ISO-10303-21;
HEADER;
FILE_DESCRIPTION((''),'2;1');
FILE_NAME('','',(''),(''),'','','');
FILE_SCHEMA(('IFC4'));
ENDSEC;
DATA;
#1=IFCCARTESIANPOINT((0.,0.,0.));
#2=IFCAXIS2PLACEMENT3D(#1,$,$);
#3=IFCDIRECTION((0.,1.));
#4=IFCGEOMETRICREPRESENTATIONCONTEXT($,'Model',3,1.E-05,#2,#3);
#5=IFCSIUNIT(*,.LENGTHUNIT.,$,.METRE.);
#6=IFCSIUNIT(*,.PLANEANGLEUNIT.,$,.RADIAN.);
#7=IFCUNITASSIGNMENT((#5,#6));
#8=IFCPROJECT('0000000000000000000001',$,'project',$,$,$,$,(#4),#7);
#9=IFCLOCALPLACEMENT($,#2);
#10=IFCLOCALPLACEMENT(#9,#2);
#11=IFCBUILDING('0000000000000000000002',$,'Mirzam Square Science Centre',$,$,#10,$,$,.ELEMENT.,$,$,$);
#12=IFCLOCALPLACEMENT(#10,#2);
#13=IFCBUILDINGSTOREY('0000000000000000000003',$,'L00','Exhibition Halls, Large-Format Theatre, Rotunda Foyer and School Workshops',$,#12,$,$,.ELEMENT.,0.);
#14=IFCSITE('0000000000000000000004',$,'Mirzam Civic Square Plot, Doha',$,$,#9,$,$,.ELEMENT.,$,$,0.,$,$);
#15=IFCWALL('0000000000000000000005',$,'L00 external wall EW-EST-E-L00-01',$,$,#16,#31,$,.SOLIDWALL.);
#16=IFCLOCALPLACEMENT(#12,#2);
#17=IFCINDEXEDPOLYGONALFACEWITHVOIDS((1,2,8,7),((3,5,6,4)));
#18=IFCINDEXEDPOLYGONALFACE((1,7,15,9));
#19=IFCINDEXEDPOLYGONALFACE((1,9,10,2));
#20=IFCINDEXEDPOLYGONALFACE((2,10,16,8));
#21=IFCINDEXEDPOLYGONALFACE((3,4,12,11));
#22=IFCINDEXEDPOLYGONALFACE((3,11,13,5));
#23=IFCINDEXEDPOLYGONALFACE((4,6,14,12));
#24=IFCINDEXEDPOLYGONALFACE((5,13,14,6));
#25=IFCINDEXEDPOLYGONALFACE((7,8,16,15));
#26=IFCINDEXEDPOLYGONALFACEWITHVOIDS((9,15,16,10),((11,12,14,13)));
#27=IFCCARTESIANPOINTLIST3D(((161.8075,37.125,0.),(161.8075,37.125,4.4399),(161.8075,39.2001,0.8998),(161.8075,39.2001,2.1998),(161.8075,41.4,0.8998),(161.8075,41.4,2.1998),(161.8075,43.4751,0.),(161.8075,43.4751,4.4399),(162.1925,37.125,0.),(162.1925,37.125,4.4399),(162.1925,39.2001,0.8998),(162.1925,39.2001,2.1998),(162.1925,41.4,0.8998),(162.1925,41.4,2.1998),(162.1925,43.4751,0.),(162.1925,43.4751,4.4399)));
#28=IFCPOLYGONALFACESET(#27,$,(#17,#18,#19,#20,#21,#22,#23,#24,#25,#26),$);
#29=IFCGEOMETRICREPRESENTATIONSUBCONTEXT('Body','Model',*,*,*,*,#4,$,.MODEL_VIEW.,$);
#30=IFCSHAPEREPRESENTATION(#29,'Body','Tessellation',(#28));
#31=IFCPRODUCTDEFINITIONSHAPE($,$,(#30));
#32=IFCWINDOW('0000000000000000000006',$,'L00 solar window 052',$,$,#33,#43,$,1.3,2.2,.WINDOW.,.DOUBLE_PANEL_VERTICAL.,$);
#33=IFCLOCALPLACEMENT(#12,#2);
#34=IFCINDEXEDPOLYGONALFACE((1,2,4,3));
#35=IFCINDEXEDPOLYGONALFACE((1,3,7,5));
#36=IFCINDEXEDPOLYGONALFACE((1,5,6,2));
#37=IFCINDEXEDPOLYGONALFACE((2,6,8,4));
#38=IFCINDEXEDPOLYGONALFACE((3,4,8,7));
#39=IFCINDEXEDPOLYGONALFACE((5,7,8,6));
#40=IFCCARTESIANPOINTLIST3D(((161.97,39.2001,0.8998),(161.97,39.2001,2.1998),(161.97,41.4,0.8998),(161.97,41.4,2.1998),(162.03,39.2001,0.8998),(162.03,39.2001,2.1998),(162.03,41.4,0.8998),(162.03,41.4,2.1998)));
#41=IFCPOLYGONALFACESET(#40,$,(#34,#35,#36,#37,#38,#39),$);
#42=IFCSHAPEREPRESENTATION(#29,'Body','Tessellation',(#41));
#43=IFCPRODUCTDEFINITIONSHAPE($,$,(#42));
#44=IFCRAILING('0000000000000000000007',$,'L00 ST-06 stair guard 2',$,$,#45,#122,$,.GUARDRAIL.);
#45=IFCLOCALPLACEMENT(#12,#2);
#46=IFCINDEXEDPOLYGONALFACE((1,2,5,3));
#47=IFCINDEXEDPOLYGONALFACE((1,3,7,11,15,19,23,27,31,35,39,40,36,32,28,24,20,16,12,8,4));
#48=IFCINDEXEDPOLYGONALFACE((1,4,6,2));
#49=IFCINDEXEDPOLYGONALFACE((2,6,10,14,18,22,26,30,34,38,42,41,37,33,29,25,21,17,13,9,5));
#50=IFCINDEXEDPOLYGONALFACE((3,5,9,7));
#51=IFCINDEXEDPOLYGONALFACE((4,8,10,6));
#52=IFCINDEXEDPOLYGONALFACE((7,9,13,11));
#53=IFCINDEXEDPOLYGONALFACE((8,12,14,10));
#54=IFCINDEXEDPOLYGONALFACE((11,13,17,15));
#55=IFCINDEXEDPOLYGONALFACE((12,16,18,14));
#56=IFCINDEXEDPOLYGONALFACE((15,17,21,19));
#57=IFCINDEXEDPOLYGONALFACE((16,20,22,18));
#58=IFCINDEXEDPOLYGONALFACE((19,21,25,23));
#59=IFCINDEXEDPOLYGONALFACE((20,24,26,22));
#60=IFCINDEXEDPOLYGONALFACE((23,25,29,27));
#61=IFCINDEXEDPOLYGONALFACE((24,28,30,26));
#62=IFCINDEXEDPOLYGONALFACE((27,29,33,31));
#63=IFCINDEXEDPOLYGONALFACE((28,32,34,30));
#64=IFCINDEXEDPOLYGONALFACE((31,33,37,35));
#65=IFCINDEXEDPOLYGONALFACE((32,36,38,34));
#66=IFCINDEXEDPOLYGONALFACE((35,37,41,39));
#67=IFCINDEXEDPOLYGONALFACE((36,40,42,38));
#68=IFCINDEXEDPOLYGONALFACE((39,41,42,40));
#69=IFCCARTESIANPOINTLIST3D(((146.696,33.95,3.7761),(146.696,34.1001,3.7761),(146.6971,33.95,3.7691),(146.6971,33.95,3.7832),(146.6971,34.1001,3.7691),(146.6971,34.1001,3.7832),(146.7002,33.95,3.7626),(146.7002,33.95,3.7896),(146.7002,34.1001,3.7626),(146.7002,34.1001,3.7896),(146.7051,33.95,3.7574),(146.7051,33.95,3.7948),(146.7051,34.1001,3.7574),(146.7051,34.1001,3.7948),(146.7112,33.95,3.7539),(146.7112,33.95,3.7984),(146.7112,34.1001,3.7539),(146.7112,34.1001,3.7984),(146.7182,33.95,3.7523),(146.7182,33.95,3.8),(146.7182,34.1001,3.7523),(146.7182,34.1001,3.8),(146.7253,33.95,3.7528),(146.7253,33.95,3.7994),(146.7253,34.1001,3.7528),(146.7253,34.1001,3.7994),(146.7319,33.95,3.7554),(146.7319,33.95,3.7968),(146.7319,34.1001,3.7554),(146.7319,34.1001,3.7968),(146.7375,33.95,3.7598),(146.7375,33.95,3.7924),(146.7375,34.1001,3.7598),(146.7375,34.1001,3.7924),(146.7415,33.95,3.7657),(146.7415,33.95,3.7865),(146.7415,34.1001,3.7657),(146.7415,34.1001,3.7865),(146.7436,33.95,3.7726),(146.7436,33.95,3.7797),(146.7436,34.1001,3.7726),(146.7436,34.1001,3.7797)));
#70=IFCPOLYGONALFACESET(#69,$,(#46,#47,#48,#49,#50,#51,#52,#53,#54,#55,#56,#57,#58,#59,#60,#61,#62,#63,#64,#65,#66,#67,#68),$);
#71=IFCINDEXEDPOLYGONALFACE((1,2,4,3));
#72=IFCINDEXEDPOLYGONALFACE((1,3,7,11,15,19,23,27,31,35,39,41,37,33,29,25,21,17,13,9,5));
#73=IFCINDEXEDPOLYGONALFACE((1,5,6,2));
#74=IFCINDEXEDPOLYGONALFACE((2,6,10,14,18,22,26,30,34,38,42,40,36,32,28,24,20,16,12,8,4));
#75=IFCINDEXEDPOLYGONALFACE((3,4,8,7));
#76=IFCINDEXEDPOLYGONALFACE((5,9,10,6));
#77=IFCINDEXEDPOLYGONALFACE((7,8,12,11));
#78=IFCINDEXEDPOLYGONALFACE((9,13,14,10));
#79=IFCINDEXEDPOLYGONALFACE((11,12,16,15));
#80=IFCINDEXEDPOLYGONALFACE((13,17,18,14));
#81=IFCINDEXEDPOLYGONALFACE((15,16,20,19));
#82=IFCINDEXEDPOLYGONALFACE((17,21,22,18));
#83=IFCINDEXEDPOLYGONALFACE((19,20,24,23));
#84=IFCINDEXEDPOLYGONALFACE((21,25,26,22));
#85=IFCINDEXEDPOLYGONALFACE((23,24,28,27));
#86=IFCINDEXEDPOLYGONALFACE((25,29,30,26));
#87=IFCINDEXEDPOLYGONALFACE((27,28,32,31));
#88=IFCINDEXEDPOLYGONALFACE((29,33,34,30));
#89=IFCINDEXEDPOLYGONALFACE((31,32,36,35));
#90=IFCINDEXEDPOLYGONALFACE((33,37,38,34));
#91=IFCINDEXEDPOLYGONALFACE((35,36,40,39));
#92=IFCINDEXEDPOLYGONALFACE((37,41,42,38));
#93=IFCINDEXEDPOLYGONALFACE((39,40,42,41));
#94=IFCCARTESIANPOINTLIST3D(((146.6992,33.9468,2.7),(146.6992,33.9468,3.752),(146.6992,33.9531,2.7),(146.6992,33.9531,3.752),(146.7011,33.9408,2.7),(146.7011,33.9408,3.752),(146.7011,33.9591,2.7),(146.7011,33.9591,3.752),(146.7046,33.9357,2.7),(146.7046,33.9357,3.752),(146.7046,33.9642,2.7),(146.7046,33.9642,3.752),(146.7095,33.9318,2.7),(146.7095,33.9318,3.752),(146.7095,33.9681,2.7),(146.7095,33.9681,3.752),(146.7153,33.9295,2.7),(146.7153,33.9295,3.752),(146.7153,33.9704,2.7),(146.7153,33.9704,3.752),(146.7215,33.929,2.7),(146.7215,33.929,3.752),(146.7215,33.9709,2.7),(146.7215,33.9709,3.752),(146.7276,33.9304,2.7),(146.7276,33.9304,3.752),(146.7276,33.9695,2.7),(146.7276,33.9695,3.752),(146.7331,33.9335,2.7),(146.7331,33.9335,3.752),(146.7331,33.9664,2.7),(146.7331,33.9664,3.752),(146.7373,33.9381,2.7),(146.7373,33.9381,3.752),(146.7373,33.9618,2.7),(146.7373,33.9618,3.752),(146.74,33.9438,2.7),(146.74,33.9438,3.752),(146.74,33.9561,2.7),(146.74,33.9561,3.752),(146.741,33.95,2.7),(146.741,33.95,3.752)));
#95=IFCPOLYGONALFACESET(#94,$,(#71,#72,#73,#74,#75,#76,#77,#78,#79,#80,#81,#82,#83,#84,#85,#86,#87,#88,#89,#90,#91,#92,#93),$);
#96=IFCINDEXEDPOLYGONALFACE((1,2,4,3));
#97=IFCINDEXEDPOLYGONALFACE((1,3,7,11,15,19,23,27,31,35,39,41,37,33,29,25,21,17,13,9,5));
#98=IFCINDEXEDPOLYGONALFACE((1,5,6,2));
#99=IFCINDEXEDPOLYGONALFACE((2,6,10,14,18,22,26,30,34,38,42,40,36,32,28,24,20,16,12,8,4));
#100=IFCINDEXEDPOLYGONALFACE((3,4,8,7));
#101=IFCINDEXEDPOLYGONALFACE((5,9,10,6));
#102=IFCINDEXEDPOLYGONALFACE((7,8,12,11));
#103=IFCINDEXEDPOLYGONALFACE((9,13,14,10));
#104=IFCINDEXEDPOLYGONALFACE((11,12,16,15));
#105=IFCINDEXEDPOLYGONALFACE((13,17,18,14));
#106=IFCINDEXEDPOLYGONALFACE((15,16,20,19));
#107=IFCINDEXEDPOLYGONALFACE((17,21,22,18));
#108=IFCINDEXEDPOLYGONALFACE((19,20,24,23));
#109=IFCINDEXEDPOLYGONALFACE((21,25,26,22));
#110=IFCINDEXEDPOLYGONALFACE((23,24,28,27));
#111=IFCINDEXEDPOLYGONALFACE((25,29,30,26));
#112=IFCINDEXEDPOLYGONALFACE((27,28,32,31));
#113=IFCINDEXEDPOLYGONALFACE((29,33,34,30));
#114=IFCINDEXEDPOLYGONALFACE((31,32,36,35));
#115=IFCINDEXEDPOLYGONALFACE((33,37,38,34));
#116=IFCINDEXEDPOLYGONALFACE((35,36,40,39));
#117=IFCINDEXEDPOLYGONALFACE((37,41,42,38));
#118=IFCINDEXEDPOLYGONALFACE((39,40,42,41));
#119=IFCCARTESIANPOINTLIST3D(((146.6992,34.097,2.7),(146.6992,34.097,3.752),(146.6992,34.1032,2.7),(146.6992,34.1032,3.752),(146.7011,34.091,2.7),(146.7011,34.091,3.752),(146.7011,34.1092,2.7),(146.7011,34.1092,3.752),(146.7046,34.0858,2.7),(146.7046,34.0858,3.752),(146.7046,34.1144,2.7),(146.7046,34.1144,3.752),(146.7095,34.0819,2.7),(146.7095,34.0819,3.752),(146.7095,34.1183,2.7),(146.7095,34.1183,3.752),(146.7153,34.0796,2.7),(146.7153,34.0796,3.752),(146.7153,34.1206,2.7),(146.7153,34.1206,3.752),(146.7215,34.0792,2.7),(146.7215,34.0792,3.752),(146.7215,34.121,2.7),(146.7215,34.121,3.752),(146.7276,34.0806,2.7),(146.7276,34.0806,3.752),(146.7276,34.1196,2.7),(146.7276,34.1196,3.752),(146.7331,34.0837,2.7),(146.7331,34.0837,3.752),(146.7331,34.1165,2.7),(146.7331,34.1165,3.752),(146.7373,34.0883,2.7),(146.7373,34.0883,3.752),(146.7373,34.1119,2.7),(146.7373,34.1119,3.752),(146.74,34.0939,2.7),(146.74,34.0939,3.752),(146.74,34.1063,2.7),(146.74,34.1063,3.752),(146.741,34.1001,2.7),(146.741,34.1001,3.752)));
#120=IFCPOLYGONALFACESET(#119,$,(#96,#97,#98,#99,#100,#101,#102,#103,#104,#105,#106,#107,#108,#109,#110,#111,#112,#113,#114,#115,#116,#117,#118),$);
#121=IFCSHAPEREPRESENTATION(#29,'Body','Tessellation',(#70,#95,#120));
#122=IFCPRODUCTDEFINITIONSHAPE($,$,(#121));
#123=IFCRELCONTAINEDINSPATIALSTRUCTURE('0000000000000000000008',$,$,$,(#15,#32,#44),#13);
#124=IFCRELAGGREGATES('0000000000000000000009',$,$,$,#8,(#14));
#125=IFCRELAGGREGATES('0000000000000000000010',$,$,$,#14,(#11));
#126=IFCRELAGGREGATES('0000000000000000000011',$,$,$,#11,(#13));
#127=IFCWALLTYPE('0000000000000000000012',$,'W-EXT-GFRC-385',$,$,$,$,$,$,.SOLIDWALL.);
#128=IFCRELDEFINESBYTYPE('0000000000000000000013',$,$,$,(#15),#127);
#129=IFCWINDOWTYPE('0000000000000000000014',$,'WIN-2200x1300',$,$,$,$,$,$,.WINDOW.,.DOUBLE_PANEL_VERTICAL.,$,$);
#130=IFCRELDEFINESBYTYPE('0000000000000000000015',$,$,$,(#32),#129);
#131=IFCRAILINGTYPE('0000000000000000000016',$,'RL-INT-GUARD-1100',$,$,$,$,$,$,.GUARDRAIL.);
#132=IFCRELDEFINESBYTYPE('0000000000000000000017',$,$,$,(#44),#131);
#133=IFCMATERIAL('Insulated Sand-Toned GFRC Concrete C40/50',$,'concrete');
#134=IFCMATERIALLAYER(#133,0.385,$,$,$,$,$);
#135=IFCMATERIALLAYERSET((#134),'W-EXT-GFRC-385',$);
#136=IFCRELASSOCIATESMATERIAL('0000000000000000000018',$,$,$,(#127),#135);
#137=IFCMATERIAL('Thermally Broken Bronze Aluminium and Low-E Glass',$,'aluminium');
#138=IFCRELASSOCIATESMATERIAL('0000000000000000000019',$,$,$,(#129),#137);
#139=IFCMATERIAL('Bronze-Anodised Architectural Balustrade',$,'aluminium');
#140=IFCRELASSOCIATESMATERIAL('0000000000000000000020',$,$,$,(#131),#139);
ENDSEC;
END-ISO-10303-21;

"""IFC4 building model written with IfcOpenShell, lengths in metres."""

from ifc_helpers import new_model, si_unit, direction, frame, frame_2d, origin, origin_2d, place, context, subcontext, project, spatial, rectangle, circle, extrude, material, layer, layer_set, type_object, element, fill, save


model = new_model("IFC4")

# Units and contexts
model_context = context("Model", 3, precision=1e-05, world=origin(), true_north=direction((0.0, 1.0)))
body_context = subcontext(model_context, "Body", "Model", "MODEL_VIEW")
ifc_project = project(units=[si_unit("LENGTHUNIT", "METRE"), si_unit("PLANEANGLEUNIT", "RADIAN")], contexts=[model_context])

# Site, building, storey
site_placement = place(None, origin())
site = spatial("IfcSite", under=ifc_project, at=site_placement, Name="Mirzam Civic Square Plot, Doha", CompositionType="ELEMENT", RefElevation=0.0)
building_placement = place(site_placement, origin())
building = spatial("IfcBuilding", under=site, at=building_placement, Name="Mirzam Square Science Centre", CompositionType="ELEMENT")
storey_placement = place(building_placement, origin())
storey = spatial("IfcBuildingStorey", under=building, at=storey_placement, Name="L00", Description="Exhibition Halls, Large-Format Theatre, Rotunda Foyer and School Workshops", CompositionType="ELEMENT", Elevation=0.0)

# Wall, opening, window
ifc_material_1 = material(Name="Insulated Sand-Toned GFRC Concrete C40/50", Category="concrete")
ifc_layer_1 = layer(ifc_material_1, 0.385)
ifc_layer_set_1 = layer_set([ifc_layer_1], Name="W-EXT-GFRC-385")
wall_type_1 = type_object("IfcWallType", Name="W-EXT-GFRC-385", PredefinedType="SOLIDWALL", material=ifc_layer_set_1)
wall_1_placement = place(storey_placement, frame((162.0, 37.125, 0.0), z_axis=(0.0, 0.0, 1.0), x_axis=(0.0, 1.0, 0.0)))
wall_1 = element("IfcWall", 1, at=wall_1_placement, inside=storey, type_object=wall_type_1, Name="L00 external wall EW-EST-E-L00-01", PredefinedType="SOLIDWALL", context=body_context, shape_type="SweptSolid", body=[
    extrude(rectangle(XDim=6.3501, YDim=0.385, at=frame_2d((3.175, 0.0))), origin(), (0.0, 0.0, 1.0), 4.4399),
])
opening_placement = place(wall_1_placement, frame((2.075, 0.0, 0.8999)))
opening = element("IfcOpeningElement", 2, at=opening_placement, cuts=wall_1, PredefinedType="OPENING", context=body_context, shape_type="SweptSolid", body=[
    extrude(rectangle(XDim=2.2, YDim=1.3, at=frame_2d((1.1001, 0.6499))), frame((0.0, 0.2024, 0.0), z_axis=(0.0, -1.0, 0.0), x_axis=(1.0, 0.0, 0.0)), (0.0, 0.0, 1.0), 0.405),
])
ifc_material_2 = material(Name="Thermally Broken Bronze Aluminium and Low-E Glass", Category="aluminium")
window_type = type_object("IfcWindowType", Name="WIN-2200x1300", PartitioningType="DOUBLE_PANEL_VERTICAL", PredefinedType="WINDOW", material=ifc_material_2)
window_placement = place(opening_placement, origin())
window = element("IfcWindow", 3, at=window_placement, inside=storey, type_object=window_type, Name="L00 solar window 052", OverallHeight=1.3, OverallWidth=2.2, PartitioningType="DOUBLE_PANEL_VERTICAL", PredefinedType="WINDOW", context=body_context, shape_type="SweptSolid", body=[
    extrude(rectangle(XDim=2.2, YDim=1.3, at=frame_2d((1.1001, 0.6499))), frame((0.0, 0.03, 0.0), z_axis=(0.0, -1.0, 0.0), x_axis=(1.0, 0.0, 0.0)), (0.0, 0.0, 1.0), 0.0601),
])
fill(opening, window)

# Railing
ifc_material_3 = material(Name="Bronze-Anodised Architectural Balustrade", Category="aluminium")
railing_type = type_object("IfcRailingType", Name="RL-INT-GUARD-1100", PredefinedType="GUARDRAIL", material=ifc_material_3)
railing_placement = place(storey_placement, frame((146.72, 33.95, 2.7)))
element("IfcRailing", 4, at=railing_placement, inside=storey, type_object=railing_type, Name="L00 ST-06 stair guard 2", PredefinedType="GUARDRAIL", context=body_context, shape_type="SweptSolid", body=[
    extrude(circle(Radius=0.0239, at=origin_2d()), frame((0.0, 0.0, 1.0762), z_axis=(0.0, 1.0, 0.0), x_axis=(-1.0, 0.0, 0.0)), (0.0, 0.0, 1.0), 0.1501),
    extrude(circle(Radius=0.021, at=origin_2d()), origin(), (0.0, 0.0, 1.0), 1.052),
    extrude(circle(Radius=0.021, at=origin_2d()), frame((0.0, 0.1501, 0.0)), (0.0, 0.0, 1.0), 1.052),
])

save(model, "model.ifc")
